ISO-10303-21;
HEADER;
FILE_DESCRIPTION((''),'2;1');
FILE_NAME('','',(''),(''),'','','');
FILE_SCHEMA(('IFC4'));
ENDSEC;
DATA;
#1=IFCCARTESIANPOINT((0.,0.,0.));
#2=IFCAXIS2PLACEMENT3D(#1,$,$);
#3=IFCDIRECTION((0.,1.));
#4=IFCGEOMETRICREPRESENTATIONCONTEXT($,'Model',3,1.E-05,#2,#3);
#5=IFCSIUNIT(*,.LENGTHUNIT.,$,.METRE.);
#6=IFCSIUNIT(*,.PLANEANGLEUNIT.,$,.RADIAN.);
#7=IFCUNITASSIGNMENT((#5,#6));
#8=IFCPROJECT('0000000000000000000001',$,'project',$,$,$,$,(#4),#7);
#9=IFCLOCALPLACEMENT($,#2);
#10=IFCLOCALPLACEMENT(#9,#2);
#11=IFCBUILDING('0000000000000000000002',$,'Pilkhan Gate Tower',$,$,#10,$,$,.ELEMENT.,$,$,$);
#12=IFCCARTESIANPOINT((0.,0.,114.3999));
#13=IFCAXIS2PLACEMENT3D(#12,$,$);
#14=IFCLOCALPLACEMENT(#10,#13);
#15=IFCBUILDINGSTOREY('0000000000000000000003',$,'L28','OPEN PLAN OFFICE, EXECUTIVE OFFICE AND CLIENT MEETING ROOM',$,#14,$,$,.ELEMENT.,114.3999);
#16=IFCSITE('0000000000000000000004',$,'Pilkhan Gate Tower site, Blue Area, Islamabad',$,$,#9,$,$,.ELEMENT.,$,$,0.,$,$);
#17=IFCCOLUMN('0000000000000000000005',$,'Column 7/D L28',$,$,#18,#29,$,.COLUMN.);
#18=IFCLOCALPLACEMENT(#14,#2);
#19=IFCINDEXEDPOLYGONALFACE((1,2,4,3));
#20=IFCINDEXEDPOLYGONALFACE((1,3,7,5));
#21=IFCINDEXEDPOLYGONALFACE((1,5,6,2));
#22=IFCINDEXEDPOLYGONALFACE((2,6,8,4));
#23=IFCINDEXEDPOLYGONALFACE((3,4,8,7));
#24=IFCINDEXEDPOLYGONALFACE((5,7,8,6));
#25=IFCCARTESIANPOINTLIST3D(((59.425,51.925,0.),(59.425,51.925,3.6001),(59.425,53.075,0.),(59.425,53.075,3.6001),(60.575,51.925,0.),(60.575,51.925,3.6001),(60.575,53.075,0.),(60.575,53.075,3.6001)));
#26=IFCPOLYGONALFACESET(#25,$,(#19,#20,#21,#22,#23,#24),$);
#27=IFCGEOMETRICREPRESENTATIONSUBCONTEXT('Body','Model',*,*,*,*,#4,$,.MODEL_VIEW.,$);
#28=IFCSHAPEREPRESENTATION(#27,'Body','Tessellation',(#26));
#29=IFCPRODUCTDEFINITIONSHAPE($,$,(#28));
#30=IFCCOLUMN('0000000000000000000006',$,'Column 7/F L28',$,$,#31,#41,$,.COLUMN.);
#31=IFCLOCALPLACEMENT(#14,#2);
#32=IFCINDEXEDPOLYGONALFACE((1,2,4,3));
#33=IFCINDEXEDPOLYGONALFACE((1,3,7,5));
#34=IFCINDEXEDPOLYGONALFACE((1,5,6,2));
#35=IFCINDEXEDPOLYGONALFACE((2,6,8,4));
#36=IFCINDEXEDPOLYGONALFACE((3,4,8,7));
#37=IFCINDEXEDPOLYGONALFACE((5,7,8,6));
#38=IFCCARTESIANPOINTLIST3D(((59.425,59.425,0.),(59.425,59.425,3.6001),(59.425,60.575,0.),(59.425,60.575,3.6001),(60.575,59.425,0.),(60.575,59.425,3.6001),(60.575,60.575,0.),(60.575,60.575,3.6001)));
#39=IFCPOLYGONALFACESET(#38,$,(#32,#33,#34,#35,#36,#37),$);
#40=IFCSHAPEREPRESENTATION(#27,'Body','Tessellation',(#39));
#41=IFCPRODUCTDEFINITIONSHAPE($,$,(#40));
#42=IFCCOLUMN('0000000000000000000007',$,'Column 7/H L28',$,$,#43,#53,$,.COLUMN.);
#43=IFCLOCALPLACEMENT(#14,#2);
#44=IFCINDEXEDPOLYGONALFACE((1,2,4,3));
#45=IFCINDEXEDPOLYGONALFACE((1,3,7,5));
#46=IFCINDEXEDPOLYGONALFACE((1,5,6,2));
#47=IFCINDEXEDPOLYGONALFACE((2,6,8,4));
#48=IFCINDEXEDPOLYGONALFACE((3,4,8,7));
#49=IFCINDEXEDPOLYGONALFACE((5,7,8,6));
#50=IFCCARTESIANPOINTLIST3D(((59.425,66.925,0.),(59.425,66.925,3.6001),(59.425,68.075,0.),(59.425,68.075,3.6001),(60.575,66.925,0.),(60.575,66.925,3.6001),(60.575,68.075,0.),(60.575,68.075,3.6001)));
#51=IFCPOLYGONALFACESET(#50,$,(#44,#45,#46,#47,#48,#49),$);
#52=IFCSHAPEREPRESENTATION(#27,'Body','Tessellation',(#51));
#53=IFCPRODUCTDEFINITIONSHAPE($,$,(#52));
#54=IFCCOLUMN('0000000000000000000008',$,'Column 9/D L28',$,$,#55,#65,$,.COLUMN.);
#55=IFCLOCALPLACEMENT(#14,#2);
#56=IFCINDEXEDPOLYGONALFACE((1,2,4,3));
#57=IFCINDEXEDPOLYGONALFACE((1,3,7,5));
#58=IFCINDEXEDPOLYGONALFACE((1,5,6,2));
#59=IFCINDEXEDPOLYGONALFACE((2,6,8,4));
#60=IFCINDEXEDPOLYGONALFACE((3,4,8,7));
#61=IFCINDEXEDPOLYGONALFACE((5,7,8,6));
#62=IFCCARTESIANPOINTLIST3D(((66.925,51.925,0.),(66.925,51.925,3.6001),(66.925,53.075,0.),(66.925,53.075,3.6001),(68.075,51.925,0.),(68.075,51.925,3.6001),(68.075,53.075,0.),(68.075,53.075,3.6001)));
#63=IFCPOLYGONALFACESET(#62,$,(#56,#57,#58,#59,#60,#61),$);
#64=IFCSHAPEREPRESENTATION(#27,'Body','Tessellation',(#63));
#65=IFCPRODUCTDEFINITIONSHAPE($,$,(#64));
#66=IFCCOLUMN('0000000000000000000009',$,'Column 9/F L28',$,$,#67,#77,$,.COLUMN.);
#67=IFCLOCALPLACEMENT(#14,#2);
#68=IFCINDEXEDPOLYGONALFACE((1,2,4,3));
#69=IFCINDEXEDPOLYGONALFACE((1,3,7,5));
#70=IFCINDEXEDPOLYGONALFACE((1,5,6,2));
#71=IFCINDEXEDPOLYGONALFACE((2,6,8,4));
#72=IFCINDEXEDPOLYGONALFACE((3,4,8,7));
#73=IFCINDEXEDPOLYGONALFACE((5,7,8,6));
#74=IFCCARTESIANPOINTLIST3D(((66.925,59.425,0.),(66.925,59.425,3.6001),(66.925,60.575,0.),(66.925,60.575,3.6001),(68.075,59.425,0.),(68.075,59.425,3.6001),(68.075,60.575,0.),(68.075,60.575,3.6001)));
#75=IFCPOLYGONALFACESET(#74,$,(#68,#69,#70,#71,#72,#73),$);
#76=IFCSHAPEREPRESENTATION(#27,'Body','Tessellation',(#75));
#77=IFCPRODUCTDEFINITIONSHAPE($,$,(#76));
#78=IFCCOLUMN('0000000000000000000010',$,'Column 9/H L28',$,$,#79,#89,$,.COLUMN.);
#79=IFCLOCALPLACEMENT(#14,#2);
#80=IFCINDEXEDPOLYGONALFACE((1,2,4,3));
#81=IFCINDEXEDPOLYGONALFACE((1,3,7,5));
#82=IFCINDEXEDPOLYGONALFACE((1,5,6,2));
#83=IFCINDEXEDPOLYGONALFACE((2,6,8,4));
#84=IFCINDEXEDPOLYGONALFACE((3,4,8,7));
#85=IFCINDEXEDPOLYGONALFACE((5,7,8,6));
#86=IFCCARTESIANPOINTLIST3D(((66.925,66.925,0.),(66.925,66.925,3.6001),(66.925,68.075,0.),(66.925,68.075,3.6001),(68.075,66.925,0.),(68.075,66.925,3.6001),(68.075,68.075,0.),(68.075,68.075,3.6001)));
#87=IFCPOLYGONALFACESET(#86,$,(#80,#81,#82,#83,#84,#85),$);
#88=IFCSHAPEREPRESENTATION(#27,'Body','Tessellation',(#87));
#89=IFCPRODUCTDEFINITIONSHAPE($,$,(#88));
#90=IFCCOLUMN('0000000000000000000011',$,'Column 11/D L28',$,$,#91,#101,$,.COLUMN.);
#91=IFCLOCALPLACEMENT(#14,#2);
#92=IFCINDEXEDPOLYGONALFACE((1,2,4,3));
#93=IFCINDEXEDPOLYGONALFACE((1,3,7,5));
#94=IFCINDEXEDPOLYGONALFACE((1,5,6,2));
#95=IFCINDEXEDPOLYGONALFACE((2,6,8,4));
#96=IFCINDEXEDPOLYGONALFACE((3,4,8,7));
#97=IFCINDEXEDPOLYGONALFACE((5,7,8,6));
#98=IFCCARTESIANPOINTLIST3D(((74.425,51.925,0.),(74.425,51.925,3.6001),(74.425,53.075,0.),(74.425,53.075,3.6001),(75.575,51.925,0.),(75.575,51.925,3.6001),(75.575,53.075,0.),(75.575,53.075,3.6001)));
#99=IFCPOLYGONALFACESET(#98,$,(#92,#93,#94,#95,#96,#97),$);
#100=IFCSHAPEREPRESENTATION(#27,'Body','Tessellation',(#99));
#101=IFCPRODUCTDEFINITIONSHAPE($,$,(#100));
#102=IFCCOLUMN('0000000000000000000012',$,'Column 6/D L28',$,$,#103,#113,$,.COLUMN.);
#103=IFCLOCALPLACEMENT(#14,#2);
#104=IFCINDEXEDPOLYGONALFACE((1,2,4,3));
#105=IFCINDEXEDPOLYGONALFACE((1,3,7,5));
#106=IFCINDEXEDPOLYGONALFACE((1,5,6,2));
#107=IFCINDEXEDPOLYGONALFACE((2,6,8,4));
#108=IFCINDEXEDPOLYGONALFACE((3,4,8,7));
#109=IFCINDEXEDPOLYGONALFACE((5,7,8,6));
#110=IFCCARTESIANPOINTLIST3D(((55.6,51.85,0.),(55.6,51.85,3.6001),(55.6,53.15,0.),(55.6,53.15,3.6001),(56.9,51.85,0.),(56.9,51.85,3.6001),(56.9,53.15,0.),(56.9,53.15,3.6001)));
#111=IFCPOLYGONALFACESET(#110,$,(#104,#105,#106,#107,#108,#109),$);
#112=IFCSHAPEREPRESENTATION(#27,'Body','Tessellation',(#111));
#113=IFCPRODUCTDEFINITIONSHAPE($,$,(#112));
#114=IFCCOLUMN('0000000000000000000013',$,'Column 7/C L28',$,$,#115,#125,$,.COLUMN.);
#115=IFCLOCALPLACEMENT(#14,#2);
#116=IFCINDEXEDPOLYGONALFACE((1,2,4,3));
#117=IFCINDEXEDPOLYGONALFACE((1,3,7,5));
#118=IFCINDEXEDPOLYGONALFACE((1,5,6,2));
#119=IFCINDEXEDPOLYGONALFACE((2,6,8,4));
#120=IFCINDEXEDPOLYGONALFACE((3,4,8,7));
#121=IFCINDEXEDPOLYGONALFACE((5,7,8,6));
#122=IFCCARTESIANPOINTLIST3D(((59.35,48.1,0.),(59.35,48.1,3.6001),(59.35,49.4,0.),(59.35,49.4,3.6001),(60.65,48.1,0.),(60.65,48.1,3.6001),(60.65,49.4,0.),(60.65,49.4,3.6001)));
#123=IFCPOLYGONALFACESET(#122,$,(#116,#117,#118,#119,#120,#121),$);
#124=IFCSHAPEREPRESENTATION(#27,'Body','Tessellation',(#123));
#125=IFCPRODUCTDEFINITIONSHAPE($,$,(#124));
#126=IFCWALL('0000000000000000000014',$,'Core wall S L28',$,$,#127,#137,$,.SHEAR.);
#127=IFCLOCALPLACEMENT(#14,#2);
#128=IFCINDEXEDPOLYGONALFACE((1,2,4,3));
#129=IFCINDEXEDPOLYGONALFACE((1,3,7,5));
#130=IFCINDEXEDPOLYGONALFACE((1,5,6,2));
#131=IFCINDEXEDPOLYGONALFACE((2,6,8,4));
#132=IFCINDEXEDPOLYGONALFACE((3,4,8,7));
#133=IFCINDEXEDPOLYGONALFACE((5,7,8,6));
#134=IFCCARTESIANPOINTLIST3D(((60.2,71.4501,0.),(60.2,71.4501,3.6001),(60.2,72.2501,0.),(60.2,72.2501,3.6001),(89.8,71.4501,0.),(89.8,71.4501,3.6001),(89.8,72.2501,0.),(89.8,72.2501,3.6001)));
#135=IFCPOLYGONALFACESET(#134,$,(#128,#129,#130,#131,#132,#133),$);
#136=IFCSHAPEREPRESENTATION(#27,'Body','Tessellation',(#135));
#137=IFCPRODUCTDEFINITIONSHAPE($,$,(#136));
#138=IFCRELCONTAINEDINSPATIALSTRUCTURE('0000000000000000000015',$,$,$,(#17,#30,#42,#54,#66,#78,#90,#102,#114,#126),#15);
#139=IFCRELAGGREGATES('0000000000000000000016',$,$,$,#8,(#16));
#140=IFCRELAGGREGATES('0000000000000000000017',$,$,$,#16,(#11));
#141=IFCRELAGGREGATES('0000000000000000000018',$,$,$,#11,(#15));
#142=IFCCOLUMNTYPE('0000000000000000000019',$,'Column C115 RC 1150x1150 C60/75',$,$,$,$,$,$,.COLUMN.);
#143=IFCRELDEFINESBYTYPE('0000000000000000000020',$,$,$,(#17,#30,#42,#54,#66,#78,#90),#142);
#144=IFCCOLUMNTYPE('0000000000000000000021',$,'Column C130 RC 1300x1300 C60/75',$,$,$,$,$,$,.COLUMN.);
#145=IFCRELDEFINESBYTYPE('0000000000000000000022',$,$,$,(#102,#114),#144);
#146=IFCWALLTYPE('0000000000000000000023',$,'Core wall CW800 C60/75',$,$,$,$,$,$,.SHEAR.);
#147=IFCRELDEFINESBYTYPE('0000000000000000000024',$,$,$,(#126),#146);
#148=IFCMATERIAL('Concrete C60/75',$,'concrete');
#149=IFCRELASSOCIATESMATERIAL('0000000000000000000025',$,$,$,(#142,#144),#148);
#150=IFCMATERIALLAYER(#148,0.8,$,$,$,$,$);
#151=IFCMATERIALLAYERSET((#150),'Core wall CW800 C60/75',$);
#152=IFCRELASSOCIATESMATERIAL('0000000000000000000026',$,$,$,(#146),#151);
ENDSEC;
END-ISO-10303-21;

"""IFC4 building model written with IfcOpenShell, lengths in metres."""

from ifc_helpers import new_model, si_unit, direction, frame, frame_2d, origin, origin_2d, place, context, subcontext, project, spatial, rectangle, extrude, material, layer, layer_set, material_profile, profile_set, type_object, element, save


model = new_model("IFC4")

# Units and contexts
model_context = context("Model", 3, precision=1e-05, world=origin(), true_north=direction((0.0, 1.0)))
body_context = subcontext(model_context, "Body", "Model", "MODEL_VIEW")
ifc_project = project(units=[si_unit("LENGTHUNIT", "METRE"), si_unit("PLANEANGLEUNIT", "RADIAN")], contexts=[model_context])

# Site, building, storey
site_placement = place(None, origin())
site = spatial("IfcSite", under=ifc_project, at=site_placement, Name="Pilkhan Gate Tower site, Blue Area, Islamabad", CompositionType="ELEMENT", RefElevation=0.0)
building_placement = place(site_placement, origin())
building = spatial("IfcBuilding", under=site, at=building_placement, Name="Pilkhan Gate Tower", CompositionType="ELEMENT")
storey_placement = place(building_placement, frame((0.0, 0.0, 114.3999)))
storey = spatial("IfcBuildingStorey", under=building, at=storey_placement, Name="L28", Description="OPEN PLAN OFFICE, EXECUTIVE OFFICE AND CLIENT MEETING ROOM", CompositionType="ELEMENT", Elevation=114.3999)

# Columns
ifc_material_1 = material(Name="Concrete C60/75", Category="concrete")
ifc_material_profile_1 = material_profile(ifc_material_1, rectangle(XDim=1.1499, YDim=1.1499, at=origin_2d()), Name="RC 1150x1150")
ifc_profile_set_1 = profile_set([ifc_material_profile_1], Name="Concrete C60/75")
column_type_1 = type_object("IfcColumnType", Name="Column C115 RC 1150x1150 C60/75", PredefinedType="COLUMN", material=ifc_profile_set_1)
for number, where, z_axis, x_axis, name in (
    (1, (60.0, 52.5, 0.0), (0.0, 0.0, 1.0), (1.0, 0.0, 0.0), "Column 7/D L28"),
    (2, (60.0, 60.0, 0.0), (0.0, 0.0, 1.0), (1.0, 0.0, 0.0), "Column 7/F L28"),
    (3, (60.0, 67.5, 0.0), (0.0, 0.0, 1.0), (1.0, 0.0, 0.0), "Column 7/H L28"),
    (4, (67.5, 52.5, 0.0), (0.0, 0.0, 1.0), (1.0, 0.0, 0.0), "Column 9/D L28"),
    (5, (67.5, 60.0, 0.0), (0.0, 0.0, 1.0), (1.0, 0.0, 0.0), "Column 9/F L28"),
    (6, (67.5, 67.5, 0.0), (0.0, 0.0, 1.0), (1.0, 0.0, 0.0), "Column 9/H L28"),
    (7, (75.0, 52.5, 0.0), (0.0, 0.0, 1.0), (1.0, 0.0, 0.0), "Column 11/D L28"),
):
    element("IfcColumn", number, at=place(storey_placement, frame(where, z_axis=z_axis, x_axis=x_axis)), inside=storey, type_object=column_type_1, Name=name, PredefinedType="COLUMN", context=body_context, shape_type="SweptSolid", body=[
        extrude(rectangle(XDim=1.1499, YDim=1.1499, at=origin_2d()), origin(), (0.0, 0.0, 1.0), 3.6001),
    ])
ifc_material_profile_2 = material_profile(ifc_material_1, rectangle(XDim=1.3, YDim=1.3, at=origin_2d()), Name="RC 1300x1300")
ifc_profile_set_2 = profile_set([ifc_material_profile_2], Name="Concrete C60/75")
column_type_2 = type_object("IfcColumnType", Name="Column C130 RC 1300x1300 C60/75", PredefinedType="COLUMN", material=ifc_profile_set_2)
for number, where, z_axis, x_axis, name in (
    (8, (56.25, 52.5, 0.0), (0.0, 0.0, 1.0), (1.0, 0.0, 0.0), "Column 6/D L28"),
    (9, (60.0, 48.75, 0.0), (0.0, 0.0, 1.0), (1.0, 0.0, 0.0), "Column 7/C L28"),
):
    element("IfcColumn", number, at=place(storey_placement, frame(where, z_axis=z_axis, x_axis=x_axis)), inside=storey, type_object=column_type_2, Name=name, PredefinedType="COLUMN", context=body_context, shape_type="SweptSolid", body=[
        extrude(rectangle(XDim=1.3, YDim=1.3, at=origin_2d()), origin(), (0.0, 0.0, 1.0), 3.6001),
    ])

# Wall
ifc_layer_1 = layer(ifc_material_1, 0.8)
ifc_layer_set_1 = layer_set([ifc_layer_1], Name="Core wall CW800 C60/75")
wall_type_1 = type_object("IfcWallType", Name="Core wall CW800 C60/75", PredefinedType="SHEAR", material=ifc_layer_set_1)
wall_1_placement = place(storey_placement, frame((60.2, 71.8501, 0.0), z_axis=(0.0, 0.0, 1.0), x_axis=(1.0, 0.0, 0.0)))
element("IfcWall", 10, at=wall_1_placement, inside=storey, type_object=wall_type_1, Name="Core wall S L28", PredefinedType="SHEAR", context=body_context, shape_type="SweptSolid", body=[
    extrude(rectangle(XDim=29.6001, YDim=0.8, at=frame_2d((14.8, 0.0))), origin(), (0.0, 0.0, 1.0), 3.6001),
])

save(model, "model.ifc")
